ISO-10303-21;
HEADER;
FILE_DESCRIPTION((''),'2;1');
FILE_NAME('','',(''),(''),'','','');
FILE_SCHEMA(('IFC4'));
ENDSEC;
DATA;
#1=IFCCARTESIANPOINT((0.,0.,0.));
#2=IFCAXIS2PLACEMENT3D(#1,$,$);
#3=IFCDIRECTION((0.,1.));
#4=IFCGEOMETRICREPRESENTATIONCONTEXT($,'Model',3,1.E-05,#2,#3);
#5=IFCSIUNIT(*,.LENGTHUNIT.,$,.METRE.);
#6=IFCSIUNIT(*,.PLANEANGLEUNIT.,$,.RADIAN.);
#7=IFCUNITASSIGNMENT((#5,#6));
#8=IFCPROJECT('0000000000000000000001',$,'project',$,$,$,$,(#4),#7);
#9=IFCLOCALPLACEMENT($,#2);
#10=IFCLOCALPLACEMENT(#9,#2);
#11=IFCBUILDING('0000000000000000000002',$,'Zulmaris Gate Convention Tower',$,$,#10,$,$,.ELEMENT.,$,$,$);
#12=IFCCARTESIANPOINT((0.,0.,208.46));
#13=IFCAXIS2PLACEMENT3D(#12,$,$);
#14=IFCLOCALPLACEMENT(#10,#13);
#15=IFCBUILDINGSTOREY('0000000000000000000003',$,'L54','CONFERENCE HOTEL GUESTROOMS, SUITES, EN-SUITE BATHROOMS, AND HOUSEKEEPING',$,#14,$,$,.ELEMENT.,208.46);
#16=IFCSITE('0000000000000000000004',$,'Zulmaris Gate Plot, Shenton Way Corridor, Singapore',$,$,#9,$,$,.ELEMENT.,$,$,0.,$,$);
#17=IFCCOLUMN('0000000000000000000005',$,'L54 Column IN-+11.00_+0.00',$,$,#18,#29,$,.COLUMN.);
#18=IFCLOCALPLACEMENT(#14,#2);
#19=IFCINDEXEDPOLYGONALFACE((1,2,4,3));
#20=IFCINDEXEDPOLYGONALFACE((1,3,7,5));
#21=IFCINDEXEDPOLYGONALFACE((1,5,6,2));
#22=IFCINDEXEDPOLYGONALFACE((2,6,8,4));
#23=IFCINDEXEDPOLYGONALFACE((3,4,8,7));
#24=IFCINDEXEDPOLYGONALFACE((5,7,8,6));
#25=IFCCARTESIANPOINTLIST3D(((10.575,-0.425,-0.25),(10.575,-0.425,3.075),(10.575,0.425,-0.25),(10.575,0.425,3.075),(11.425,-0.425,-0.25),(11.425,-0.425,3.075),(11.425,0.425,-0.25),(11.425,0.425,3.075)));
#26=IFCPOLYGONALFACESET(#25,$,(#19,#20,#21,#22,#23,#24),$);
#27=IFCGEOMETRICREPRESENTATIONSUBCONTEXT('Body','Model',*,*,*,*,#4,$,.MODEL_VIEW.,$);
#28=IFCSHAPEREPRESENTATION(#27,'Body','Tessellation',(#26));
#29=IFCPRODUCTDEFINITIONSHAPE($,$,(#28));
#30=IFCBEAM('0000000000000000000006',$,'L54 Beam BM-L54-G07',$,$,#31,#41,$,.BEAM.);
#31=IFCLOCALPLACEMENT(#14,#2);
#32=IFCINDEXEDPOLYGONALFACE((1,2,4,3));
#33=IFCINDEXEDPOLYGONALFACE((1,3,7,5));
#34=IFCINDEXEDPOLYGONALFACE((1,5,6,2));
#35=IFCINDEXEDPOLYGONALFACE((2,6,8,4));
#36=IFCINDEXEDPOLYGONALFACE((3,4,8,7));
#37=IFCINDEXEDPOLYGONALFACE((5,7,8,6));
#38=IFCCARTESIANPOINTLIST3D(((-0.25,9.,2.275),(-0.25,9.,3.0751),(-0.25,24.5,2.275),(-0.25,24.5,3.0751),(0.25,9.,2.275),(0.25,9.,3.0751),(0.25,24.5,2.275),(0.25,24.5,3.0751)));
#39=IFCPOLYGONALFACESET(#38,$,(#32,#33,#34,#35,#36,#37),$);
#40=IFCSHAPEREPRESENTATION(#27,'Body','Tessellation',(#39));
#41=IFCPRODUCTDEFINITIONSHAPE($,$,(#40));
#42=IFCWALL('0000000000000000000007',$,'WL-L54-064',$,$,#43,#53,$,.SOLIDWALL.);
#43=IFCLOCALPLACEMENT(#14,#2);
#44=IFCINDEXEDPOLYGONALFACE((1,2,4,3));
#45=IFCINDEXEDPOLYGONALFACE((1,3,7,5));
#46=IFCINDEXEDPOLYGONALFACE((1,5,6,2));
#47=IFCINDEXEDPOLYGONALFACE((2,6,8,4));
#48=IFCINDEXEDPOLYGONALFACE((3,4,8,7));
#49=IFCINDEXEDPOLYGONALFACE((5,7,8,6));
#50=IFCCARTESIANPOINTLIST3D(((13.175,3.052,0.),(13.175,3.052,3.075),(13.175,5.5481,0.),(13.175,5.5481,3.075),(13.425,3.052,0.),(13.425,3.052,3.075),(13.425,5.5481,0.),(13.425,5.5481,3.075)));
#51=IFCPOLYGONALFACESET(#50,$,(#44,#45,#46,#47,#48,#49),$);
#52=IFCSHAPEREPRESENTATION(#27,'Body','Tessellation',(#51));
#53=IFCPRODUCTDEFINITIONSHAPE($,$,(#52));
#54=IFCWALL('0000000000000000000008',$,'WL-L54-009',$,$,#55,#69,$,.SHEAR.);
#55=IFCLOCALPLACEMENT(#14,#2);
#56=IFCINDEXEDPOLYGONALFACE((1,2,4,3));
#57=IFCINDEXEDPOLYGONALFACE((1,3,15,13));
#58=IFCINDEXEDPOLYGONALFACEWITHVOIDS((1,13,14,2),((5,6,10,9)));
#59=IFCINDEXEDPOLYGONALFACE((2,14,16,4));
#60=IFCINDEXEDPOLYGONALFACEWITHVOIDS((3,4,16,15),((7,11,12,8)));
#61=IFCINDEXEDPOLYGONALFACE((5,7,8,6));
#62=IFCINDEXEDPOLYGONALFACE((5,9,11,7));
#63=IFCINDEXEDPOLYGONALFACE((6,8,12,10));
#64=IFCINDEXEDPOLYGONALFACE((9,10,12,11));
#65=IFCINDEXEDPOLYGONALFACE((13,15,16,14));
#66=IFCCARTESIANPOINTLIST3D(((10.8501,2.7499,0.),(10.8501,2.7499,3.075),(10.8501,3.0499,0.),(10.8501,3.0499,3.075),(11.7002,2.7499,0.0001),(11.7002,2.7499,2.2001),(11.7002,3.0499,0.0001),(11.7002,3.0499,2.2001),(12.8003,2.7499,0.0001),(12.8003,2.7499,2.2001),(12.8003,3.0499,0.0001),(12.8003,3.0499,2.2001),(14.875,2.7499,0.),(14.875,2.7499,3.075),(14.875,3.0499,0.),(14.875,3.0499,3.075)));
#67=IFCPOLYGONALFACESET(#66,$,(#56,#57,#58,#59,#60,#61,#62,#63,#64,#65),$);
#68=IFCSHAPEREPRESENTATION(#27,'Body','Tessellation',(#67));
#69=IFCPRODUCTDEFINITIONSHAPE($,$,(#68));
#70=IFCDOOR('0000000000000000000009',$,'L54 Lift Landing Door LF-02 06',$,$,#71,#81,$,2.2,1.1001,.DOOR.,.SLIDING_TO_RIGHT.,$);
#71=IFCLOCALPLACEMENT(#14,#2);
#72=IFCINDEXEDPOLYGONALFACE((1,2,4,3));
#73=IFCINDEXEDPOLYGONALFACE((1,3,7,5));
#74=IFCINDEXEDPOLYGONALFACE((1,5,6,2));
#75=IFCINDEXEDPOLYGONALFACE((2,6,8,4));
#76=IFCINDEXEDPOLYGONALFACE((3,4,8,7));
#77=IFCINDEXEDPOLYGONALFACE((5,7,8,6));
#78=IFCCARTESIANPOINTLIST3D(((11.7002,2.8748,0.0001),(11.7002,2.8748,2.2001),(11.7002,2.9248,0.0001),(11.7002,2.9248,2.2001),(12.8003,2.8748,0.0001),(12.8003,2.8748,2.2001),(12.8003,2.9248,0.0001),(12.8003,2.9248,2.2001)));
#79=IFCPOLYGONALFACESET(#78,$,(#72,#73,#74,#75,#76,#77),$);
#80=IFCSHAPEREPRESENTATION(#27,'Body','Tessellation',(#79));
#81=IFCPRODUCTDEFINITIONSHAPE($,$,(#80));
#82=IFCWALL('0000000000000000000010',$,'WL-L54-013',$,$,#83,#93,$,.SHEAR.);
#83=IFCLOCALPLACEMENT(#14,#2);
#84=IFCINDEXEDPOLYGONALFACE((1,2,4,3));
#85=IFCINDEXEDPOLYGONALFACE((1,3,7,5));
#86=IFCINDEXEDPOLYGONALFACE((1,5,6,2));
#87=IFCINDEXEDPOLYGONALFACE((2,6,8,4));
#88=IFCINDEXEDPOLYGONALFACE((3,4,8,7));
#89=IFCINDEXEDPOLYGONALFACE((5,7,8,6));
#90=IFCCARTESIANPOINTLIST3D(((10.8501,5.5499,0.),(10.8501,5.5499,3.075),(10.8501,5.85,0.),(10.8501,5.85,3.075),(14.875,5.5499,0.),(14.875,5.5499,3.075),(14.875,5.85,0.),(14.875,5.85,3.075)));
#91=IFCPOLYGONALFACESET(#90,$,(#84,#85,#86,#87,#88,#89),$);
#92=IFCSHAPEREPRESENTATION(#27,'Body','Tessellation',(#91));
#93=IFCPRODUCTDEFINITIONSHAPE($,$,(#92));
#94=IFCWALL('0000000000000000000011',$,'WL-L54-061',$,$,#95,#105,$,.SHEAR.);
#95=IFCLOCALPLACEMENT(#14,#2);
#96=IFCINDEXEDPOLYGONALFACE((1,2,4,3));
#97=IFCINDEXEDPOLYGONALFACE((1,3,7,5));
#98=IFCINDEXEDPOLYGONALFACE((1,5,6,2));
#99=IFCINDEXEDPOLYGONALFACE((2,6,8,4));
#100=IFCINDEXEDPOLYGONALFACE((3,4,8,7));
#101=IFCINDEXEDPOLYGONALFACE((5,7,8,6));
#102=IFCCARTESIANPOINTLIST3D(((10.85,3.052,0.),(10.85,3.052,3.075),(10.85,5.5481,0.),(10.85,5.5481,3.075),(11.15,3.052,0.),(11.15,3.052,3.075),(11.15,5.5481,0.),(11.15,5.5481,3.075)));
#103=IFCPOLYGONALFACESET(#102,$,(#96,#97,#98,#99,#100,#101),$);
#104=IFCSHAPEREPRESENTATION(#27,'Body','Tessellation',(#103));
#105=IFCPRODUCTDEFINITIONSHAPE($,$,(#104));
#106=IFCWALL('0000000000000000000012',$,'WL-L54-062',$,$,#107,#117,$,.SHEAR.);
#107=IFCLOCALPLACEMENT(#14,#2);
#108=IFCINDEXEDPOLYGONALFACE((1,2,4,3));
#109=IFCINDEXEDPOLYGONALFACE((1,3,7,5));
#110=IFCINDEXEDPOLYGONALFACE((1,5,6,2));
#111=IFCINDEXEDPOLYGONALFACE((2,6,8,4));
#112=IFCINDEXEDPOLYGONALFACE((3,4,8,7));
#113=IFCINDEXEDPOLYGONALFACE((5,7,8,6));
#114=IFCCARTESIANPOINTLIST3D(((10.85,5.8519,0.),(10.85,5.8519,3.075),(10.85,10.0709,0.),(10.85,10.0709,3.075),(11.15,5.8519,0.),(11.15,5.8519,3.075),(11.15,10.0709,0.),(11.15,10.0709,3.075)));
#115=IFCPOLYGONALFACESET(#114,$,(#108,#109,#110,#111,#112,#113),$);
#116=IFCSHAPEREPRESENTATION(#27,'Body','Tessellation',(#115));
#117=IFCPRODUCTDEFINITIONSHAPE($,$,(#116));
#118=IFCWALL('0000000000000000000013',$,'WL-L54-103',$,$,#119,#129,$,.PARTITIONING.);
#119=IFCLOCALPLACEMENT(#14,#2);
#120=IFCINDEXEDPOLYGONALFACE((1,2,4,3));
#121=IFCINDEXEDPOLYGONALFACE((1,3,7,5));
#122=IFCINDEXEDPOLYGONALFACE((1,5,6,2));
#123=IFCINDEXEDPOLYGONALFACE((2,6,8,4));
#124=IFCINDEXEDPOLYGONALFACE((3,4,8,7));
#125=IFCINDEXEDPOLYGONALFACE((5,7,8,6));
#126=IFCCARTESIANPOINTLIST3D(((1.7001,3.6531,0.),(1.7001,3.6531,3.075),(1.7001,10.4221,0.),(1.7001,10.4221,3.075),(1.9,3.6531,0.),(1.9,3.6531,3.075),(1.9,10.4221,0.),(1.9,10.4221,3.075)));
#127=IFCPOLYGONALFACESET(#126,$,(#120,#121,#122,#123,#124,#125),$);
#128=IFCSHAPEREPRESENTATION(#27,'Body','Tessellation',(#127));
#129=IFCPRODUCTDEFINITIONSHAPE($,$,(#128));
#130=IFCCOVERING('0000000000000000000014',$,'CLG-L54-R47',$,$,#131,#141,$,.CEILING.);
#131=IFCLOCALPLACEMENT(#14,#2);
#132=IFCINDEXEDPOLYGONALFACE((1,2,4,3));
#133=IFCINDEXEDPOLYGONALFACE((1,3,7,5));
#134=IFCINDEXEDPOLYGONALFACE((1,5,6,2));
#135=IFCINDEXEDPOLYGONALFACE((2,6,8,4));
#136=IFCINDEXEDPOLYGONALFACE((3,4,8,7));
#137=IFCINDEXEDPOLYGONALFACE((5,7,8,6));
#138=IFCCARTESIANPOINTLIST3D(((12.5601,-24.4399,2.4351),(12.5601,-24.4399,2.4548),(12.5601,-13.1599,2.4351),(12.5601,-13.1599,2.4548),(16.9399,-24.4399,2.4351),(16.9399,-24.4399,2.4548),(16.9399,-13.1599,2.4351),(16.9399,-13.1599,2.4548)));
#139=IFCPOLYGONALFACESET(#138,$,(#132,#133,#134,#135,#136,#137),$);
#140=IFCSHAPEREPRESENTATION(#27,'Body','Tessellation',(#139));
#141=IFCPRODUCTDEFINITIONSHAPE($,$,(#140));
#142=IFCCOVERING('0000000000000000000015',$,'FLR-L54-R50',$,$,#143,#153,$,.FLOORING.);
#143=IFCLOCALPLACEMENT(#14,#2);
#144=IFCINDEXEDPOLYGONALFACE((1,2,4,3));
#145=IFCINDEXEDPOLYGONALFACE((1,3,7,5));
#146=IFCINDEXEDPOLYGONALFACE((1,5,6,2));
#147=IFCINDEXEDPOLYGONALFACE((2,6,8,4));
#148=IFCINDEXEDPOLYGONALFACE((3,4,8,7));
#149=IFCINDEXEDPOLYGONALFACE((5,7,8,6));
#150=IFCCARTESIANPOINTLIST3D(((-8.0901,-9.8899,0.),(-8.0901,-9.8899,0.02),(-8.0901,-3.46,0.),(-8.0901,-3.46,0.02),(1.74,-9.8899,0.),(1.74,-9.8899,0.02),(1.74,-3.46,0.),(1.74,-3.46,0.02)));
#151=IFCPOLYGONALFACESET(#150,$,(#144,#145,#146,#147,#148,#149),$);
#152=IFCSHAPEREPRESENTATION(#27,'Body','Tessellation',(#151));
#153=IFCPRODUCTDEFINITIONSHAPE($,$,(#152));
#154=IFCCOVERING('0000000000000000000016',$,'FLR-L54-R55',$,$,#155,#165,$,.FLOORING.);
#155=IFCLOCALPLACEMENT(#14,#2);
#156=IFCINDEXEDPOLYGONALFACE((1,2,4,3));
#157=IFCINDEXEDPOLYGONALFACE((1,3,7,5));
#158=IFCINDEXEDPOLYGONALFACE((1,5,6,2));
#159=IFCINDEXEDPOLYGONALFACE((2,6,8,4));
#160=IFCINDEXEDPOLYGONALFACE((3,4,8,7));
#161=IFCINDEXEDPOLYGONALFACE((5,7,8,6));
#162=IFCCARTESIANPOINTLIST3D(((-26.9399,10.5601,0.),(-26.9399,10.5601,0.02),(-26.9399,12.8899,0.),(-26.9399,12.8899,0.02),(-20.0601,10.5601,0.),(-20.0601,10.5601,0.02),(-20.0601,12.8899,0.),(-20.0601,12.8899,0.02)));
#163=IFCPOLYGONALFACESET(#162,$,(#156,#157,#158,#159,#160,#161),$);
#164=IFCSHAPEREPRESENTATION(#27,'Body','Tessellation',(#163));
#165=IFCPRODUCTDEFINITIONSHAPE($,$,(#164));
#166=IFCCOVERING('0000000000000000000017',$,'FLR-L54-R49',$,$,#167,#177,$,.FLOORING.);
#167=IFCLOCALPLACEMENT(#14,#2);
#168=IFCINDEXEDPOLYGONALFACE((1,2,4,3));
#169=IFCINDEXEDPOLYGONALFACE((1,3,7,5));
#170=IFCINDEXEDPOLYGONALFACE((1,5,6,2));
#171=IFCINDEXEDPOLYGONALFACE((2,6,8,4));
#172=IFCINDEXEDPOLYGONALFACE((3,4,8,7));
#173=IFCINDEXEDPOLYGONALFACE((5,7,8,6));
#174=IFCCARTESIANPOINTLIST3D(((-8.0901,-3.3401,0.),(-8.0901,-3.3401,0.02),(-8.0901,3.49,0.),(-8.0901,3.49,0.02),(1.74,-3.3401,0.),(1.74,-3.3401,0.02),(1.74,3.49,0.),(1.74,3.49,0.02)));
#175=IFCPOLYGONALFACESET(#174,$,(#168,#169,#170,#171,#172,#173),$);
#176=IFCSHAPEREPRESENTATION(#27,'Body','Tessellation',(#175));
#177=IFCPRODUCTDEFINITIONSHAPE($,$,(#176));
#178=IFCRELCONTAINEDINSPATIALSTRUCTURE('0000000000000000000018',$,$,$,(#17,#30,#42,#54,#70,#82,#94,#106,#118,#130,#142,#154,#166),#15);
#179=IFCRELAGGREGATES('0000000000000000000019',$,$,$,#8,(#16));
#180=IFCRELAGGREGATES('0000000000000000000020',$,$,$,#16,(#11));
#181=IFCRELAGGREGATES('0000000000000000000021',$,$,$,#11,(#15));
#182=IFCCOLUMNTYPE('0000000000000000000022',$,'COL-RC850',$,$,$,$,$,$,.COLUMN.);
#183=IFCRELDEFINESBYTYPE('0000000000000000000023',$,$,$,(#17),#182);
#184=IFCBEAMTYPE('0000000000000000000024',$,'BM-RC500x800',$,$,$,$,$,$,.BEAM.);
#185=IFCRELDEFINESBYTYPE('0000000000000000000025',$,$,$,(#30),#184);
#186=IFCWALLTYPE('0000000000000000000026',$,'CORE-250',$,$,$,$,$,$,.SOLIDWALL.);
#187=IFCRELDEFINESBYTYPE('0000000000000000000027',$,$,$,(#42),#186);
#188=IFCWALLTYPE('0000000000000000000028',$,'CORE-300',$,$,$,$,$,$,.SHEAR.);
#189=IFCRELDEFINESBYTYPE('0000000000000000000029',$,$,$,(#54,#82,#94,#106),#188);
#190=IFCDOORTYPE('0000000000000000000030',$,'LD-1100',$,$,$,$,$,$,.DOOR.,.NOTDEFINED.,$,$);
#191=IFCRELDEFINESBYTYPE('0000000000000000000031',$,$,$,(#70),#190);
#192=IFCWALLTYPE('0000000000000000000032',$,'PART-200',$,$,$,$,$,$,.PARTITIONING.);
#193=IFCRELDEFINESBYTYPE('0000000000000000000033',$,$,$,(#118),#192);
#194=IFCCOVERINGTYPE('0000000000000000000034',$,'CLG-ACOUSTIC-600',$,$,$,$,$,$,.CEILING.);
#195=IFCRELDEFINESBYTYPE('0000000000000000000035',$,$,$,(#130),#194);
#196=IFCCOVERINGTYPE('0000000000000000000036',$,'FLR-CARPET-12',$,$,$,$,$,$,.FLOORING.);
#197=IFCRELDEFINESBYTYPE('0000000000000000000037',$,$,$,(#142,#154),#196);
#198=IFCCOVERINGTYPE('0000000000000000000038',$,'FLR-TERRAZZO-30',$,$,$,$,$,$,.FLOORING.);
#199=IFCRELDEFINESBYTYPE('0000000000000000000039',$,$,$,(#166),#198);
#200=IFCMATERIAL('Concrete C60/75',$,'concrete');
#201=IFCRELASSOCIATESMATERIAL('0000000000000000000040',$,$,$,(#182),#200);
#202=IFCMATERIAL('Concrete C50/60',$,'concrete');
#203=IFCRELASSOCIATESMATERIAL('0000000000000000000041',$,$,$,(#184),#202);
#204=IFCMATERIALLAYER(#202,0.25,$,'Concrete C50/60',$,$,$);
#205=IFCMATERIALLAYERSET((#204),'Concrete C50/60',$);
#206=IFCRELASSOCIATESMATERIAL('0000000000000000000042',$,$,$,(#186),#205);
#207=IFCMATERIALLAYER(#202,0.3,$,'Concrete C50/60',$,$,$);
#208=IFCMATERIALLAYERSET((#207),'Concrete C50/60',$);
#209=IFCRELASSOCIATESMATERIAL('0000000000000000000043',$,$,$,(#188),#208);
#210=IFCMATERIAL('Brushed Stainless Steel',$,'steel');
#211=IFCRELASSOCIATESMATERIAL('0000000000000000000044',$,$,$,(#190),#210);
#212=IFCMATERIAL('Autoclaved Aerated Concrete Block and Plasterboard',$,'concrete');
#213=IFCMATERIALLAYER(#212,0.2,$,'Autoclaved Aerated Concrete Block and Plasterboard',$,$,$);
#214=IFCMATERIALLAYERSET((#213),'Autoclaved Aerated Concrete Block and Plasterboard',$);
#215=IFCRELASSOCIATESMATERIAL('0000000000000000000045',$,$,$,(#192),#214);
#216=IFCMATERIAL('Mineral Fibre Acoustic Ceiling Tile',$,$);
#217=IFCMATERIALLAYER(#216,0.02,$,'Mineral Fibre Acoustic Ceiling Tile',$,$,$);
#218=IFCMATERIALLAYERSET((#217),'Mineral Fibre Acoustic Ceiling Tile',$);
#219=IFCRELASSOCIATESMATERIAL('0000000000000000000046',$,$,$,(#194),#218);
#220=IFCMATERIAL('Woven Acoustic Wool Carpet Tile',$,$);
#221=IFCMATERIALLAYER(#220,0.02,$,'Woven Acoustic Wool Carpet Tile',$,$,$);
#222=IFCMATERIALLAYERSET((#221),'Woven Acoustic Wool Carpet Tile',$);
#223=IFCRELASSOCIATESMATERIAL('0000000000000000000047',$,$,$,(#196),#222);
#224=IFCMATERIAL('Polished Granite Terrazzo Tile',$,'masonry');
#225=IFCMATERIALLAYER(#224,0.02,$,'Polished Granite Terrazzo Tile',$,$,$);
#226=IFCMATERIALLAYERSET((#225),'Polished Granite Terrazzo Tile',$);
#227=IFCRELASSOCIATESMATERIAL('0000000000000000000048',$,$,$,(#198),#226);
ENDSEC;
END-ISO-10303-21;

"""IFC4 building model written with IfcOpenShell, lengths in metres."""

from ifc_helpers import new_model, si_unit, direction, frame, frame_2d, origin, origin_2d, place, context, subcontext, project, spatial, polyline, rectangle, outline, extrude, material, layer, layer_set, material_profile, profile_set, type_object, element, fill, save


model = new_model("IFC4")

# Units and contexts
model_context = context("Model", 3, precision=1e-05, world=origin(), true_north=direction((0.0, 1.0)))
body_context = subcontext(model_context, "Body", "Model", "MODEL_VIEW")
ifc_project = project(units=[si_unit("LENGTHUNIT", "METRE"), si_unit("PLANEANGLEUNIT", "RADIAN")], contexts=[model_context])

# Site, building, storey
site_placement = place(None, origin())
site = spatial("IfcSite", under=ifc_project, at=site_placement, Name="Zulmaris Gate Plot, Shenton Way Corridor, Singapore", CompositionType="ELEMENT", RefElevation=0.0)
building_placement = place(site_placement, origin())
building = spatial("IfcBuilding", under=site, at=building_placement, Name="Zulmaris Gate Convention Tower", CompositionType="ELEMENT")
storey_placement = place(building_placement, frame((0.0, 0.0, 208.46)))
storey = spatial("IfcBuildingStorey", under=building, at=storey_placement, Name="L54", Description="CONFERENCE HOTEL GUESTROOMS, SUITES, EN-SUITE BATHROOMS, AND HOUSEKEEPING", CompositionType="ELEMENT", Elevation=208.46)

# Column
ifc_material_1 = material(Name="Concrete C60/75", Category="concrete")
ifc_material_profile_1 = material_profile(ifc_material_1, rectangle(XDim=0.8501, YDim=0.8501, at=origin_2d()), Name="RC COL 850x850")
ifc_profile_set_1 = profile_set([ifc_material_profile_1], Name="Concrete C60/75")
column_type = type_object("IfcColumnType", Name="COL-RC850", PredefinedType="COLUMN", material=ifc_profile_set_1)
column_placement = place(storey_placement, frame((11.0, 0.0, -0.25), z_axis=(0.0, 0.0, 1.0), x_axis=(1.0, 0.0, 0.0)))
element("IfcColumn", 1, at=column_placement, inside=storey, type_object=column_type, Name="L54 Column IN-+11.00_+0.00", PredefinedType="COLUMN", context=body_context, shape_type="SweptSolid", body=[
    extrude(rectangle(XDim=0.8501, YDim=0.8501, at=origin_2d()), origin(), (0.0, 0.0, 1.0), 3.325),
])

# Beam
ifc_material_2 = material(Name="Concrete C50/60", Category="concrete")
ifc_material_profile_2 = material_profile(ifc_material_2, rectangle(XDim=0.5, YDim=0.8, at=origin_2d()), Name="RC BEAM 500x800")
ifc_profile_set_2 = profile_set([ifc_material_profile_2], Name="Concrete C50/60")
beam_type = type_object("IfcBeamType", Name="BM-RC500x800", PredefinedType="BEAM", material=ifc_profile_set_2)
beam_placement = place(storey_placement, frame((0.0, 9.0, 2.675), z_axis=(0.0, 1.0, 0.0), x_axis=(-1.0, 0.0, 0.0)))
element("IfcBeam", 2, at=beam_placement, inside=storey, type_object=beam_type, Name="L54 Beam BM-L54-G07", PredefinedType="BEAM", context=body_context, shape_type="SweptSolid", body=[
    extrude(rectangle(XDim=0.5, YDim=0.8, at=origin_2d()), origin(), (0.0, 0.0, 1.0), 15.5),
])

# Wall
ifc_layer_1 = layer(ifc_material_2, 0.25, Name="Concrete C50/60")
ifc_layer_set_1 = layer_set([ifc_layer_1], Name="Concrete C50/60")
wall_type_1 = type_object("IfcWallType", Name="CORE-250", PredefinedType="SOLIDWALL", material=ifc_layer_set_1)
wall_1_placement = place(storey_placement, frame((13.3, 3.052, 0.0), z_axis=(0.0, 0.0, 1.0), x_axis=(0.0, 1.0, 0.0)))
element("IfcWall", 3, at=wall_1_placement, inside=storey, type_object=wall_type_1, Name="WL-L54-064", PredefinedType="SOLIDWALL", context=body_context, shape_type="SweptSolid", body=[
    extrude(rectangle(XDim=2.4961, YDim=0.25, at=frame_2d((1.248, 0.0))), origin(), (0.0, 0.0, 1.0), 3.075),
])

# Wall, opening, door
ifc_layer_2 = layer(ifc_material_2, 0.3, Name="Concrete C50/60")
ifc_layer_set_2 = layer_set([ifc_layer_2], Name="Concrete C50/60")
wall_type_2 = type_object("IfcWallType", Name="CORE-300", PredefinedType="SHEAR", material=ifc_layer_set_2)
wall_2_placement = place(storey_placement, frame((10.8501, 2.8999, 0.0), z_axis=(0.0, 0.0, 1.0), x_axis=(1.0, 0.0, 0.0)))
wall_2 = element("IfcWall", 4, at=wall_2_placement, inside=storey, type_object=wall_type_2, Name="WL-L54-009", PredefinedType="SHEAR", context=body_context, shape_type="SweptSolid", body=[
    extrude(rectangle(XDim=4.0249, YDim=0.3, at=frame_2d((2.0125, 0.0))), origin(), (0.0, 0.0, 1.0), 3.075),
])
opening_1_placement = place(wall_2_placement, frame((0.8501, 0.0, 0.0)))
opening_1 = element("IfcOpeningElement", 5, at=opening_1_placement, cuts=wall_2, PredefinedType="OPENING", context=body_context, shape_type="SweptSolid", body=[
    extrude(rectangle(XDim=1.1001, YDim=2.2, at=frame_2d((0.55, 1.1001))), frame((0.0, 0.1602, 0.0), z_axis=(0.0, -1.0, 0.0), x_axis=(1.0, 0.0, 0.0)), (0.0, 0.0, 1.0), 0.3201),
])
ifc_material_3 = material(Name="Brushed Stainless Steel", Category="steel")
door_type_1 = type_object("IfcDoorType", Name="LD-1100", OperationType="NOTDEFINED", PredefinedType="DOOR", material=ifc_material_3)
door_1_placement = place(opening_1_placement, origin())
door_1 = element("IfcDoor", 6, at=door_1_placement, inside=storey, type_object=door_type_1, Name="L54 Lift Landing Door LF-02 06", OperationType="SLIDING_TO_RIGHT", OverallHeight=2.2, OverallWidth=1.1001, PredefinedType="DOOR", context=body_context, shape_type="SweptSolid", body=[
    extrude(rectangle(XDim=1.1001, YDim=2.2, at=frame_2d((0.55, 1.1001))), frame((0.0, 0.0249, 0.0), z_axis=(0.0, -1.0, 0.0), x_axis=(1.0, 0.0, 0.0)), (0.0, 0.0, 1.0), 0.05),
])
fill(opening_1, door_1)

# Wall
wall_3_placement = place(storey_placement, frame((10.8501, 5.7, 0.0), z_axis=(0.0, 0.0, 1.0), x_axis=(1.0, 0.0, 0.0)))
element("IfcWall", 7, at=wall_3_placement, inside=storey, type_object=wall_type_2, Name="WL-L54-013", PredefinedType="SHEAR", context=body_context, shape_type="SweptSolid", body=[
    extrude(rectangle(XDim=4.0249, YDim=0.3, at=frame_2d((2.0125, 0.0))), origin(), (0.0, 0.0, 1.0), 3.075),
])

# Walls
wall_4_placement = place(storey_placement, frame((11.0, 3.052, 0.0), z_axis=(0.0, 0.0, 1.0), x_axis=(0.0, 1.0, 0.0)))
element("IfcWall", 8, at=wall_4_placement, inside=storey, type_object=wall_type_2, Name="WL-L54-061", PredefinedType="SHEAR", context=body_context, shape_type="SweptSolid", body=[
    extrude(rectangle(XDim=2.4961, YDim=0.3, at=frame_2d((1.248, 0.0))), origin(), (0.0, 0.0, 1.0), 3.075),
])
wall_5_placement = place(storey_placement, frame((11.0, 5.8521, 0.0), z_axis=(0.0, 0.0, 1.0), x_axis=(0.0, 1.0, 0.0)))
element("IfcWall", 9, at=wall_5_placement, inside=storey, type_object=wall_type_2, Name="WL-L54-062", PredefinedType="SHEAR", context=body_context, shape_type="SweptSolid", body=[
    extrude(rectangle(XDim=4.219, YDim=0.3, at=frame_2d((2.1094, 0.0))), origin(), (0.0, 0.0, 1.0), 3.075),
])
ifc_material_4 = material(Name="Autoclaved Aerated Concrete Block and Plasterboard", Category="concrete")
ifc_layer_3 = layer(ifc_material_4, 0.2, Name="Autoclaved Aerated Concrete Block and Plasterboard")
ifc_layer_set_3 = layer_set([ifc_layer_3], Name="Autoclaved Aerated Concrete Block and Plasterboard")
wall_type_3 = type_object("IfcWallType", Name="PART-200", PredefinedType="PARTITIONING", material=ifc_layer_set_3)
wall_6_placement = place(storey_placement, frame((1.8, 3.6531, 0.0), z_axis=(0.0, 0.0, 1.0), x_axis=(0.0, 1.0, 0.0)))
element("IfcWall", 10, at=wall_6_placement, inside=storey, type_object=wall_type_3, Name="WL-L54-103", PredefinedType="PARTITIONING", context=body_context, shape_type="SweptSolid", body=[
    extrude(rectangle(XDim=6.769, YDim=0.2, at=frame_2d((3.3845, 0.0))), origin(), (0.0, 0.0, 1.0), 3.075),
])

# Coverings
ifc_material_5 = material(Name="Mineral Fibre Acoustic Ceiling Tile")
ifc_layer_4 = layer(ifc_material_5, 0.02, Name="Mineral Fibre Acoustic Ceiling Tile")
ifc_layer_set_4 = layer_set([ifc_layer_4], Name="Mineral Fibre Acoustic Ceiling Tile")
covering_type_1 = type_object("IfcCoveringType", Name="CLG-ACOUSTIC-600", PredefinedType="CEILING", material=ifc_layer_set_4)
covering_1_placement = place(storey_placement, frame((0.0, 0.0, 2.4351)))
element("IfcCovering", 11, at=covering_1_placement, inside=storey, type_object=covering_type_1, Name="CLG-L54-R47", PredefinedType="CEILING", context=body_context, shape_type="SweptSolid", body=[
    extrude(outline(polyline([(12.5601, -24.4399), (16.9399, -24.4399), (16.9399, -13.1599), (12.5601, -13.1599), (12.5601, -24.4399)])), origin(), (0.0, 0.0, 1.0), 0.0198),
])
ifc_material_6 = material(Name="Woven Acoustic Wool Carpet Tile")
ifc_layer_5 = layer(ifc_material_6, 0.02, Name="Woven Acoustic Wool Carpet Tile")
ifc_layer_set_5 = layer_set([ifc_layer_5], Name="Woven Acoustic Wool Carpet Tile")
covering_type_2 = type_object("IfcCoveringType", Name="FLR-CARPET-12", PredefinedType="FLOORING", material=ifc_layer_set_5)
covering_2_placement = place(storey_placement, origin())
element("IfcCovering", 12, at=covering_2_placement, inside=storey, type_object=covering_type_2, Name="FLR-L54-R50", PredefinedType="FLOORING", context=body_context, shape_type="SweptSolid", body=[
    extrude(outline(polyline([(-8.0901, -9.8899), (1.74, -9.8899), (1.74, -3.46), (-8.0901, -3.46), (-8.0901, -9.8899)])), origin(), (0.0, 0.0, 1.0), 0.02),
])
covering_3_placement = place(storey_placement, origin())
element("IfcCovering", 13, at=covering_3_placement, inside=storey, type_object=covering_type_2, Name="FLR-L54-R55", PredefinedType="FLOORING", context=body_context, shape_type="SweptSolid", body=[
    extrude(outline(polyline([(-26.9399, 10.5601), (-20.0601, 10.5601), (-20.0601, 12.8899), (-26.9399, 12.8899), (-26.9399, 10.5601)])), origin(), (0.0, 0.0, 1.0), 0.02),
])
ifc_material_7 = material(Name="Polished Granite Terrazzo Tile", Category="masonry")
ifc_layer_6 = layer(ifc_material_7, 0.02, Name="Polished Granite Terrazzo Tile")
ifc_layer_set_6 = layer_set([ifc_layer_6], Name="Polished Granite Terrazzo Tile")
covering_type_3 = type_object("IfcCoveringType", Name="FLR-TERRAZZO-30", PredefinedType="FLOORING", material=ifc_layer_set_6)
covering_4_placement = place(storey_placement, origin())
element("IfcCovering", 14, at=covering_4_placement, inside=storey, type_object=covering_type_3, Name="FLR-L54-R49", PredefinedType="FLOORING", context=body_context, shape_type="SweptSolid", body=[
    extrude(outline(polyline([(-8.0901, -3.3401), (1.74, -3.3401), (1.74, 3.49), (-8.0901, 3.49), (-8.0901, -3.3401)])), origin(), (0.0, 0.0, 1.0), 0.02),
])

save(model, "model.ifc")
